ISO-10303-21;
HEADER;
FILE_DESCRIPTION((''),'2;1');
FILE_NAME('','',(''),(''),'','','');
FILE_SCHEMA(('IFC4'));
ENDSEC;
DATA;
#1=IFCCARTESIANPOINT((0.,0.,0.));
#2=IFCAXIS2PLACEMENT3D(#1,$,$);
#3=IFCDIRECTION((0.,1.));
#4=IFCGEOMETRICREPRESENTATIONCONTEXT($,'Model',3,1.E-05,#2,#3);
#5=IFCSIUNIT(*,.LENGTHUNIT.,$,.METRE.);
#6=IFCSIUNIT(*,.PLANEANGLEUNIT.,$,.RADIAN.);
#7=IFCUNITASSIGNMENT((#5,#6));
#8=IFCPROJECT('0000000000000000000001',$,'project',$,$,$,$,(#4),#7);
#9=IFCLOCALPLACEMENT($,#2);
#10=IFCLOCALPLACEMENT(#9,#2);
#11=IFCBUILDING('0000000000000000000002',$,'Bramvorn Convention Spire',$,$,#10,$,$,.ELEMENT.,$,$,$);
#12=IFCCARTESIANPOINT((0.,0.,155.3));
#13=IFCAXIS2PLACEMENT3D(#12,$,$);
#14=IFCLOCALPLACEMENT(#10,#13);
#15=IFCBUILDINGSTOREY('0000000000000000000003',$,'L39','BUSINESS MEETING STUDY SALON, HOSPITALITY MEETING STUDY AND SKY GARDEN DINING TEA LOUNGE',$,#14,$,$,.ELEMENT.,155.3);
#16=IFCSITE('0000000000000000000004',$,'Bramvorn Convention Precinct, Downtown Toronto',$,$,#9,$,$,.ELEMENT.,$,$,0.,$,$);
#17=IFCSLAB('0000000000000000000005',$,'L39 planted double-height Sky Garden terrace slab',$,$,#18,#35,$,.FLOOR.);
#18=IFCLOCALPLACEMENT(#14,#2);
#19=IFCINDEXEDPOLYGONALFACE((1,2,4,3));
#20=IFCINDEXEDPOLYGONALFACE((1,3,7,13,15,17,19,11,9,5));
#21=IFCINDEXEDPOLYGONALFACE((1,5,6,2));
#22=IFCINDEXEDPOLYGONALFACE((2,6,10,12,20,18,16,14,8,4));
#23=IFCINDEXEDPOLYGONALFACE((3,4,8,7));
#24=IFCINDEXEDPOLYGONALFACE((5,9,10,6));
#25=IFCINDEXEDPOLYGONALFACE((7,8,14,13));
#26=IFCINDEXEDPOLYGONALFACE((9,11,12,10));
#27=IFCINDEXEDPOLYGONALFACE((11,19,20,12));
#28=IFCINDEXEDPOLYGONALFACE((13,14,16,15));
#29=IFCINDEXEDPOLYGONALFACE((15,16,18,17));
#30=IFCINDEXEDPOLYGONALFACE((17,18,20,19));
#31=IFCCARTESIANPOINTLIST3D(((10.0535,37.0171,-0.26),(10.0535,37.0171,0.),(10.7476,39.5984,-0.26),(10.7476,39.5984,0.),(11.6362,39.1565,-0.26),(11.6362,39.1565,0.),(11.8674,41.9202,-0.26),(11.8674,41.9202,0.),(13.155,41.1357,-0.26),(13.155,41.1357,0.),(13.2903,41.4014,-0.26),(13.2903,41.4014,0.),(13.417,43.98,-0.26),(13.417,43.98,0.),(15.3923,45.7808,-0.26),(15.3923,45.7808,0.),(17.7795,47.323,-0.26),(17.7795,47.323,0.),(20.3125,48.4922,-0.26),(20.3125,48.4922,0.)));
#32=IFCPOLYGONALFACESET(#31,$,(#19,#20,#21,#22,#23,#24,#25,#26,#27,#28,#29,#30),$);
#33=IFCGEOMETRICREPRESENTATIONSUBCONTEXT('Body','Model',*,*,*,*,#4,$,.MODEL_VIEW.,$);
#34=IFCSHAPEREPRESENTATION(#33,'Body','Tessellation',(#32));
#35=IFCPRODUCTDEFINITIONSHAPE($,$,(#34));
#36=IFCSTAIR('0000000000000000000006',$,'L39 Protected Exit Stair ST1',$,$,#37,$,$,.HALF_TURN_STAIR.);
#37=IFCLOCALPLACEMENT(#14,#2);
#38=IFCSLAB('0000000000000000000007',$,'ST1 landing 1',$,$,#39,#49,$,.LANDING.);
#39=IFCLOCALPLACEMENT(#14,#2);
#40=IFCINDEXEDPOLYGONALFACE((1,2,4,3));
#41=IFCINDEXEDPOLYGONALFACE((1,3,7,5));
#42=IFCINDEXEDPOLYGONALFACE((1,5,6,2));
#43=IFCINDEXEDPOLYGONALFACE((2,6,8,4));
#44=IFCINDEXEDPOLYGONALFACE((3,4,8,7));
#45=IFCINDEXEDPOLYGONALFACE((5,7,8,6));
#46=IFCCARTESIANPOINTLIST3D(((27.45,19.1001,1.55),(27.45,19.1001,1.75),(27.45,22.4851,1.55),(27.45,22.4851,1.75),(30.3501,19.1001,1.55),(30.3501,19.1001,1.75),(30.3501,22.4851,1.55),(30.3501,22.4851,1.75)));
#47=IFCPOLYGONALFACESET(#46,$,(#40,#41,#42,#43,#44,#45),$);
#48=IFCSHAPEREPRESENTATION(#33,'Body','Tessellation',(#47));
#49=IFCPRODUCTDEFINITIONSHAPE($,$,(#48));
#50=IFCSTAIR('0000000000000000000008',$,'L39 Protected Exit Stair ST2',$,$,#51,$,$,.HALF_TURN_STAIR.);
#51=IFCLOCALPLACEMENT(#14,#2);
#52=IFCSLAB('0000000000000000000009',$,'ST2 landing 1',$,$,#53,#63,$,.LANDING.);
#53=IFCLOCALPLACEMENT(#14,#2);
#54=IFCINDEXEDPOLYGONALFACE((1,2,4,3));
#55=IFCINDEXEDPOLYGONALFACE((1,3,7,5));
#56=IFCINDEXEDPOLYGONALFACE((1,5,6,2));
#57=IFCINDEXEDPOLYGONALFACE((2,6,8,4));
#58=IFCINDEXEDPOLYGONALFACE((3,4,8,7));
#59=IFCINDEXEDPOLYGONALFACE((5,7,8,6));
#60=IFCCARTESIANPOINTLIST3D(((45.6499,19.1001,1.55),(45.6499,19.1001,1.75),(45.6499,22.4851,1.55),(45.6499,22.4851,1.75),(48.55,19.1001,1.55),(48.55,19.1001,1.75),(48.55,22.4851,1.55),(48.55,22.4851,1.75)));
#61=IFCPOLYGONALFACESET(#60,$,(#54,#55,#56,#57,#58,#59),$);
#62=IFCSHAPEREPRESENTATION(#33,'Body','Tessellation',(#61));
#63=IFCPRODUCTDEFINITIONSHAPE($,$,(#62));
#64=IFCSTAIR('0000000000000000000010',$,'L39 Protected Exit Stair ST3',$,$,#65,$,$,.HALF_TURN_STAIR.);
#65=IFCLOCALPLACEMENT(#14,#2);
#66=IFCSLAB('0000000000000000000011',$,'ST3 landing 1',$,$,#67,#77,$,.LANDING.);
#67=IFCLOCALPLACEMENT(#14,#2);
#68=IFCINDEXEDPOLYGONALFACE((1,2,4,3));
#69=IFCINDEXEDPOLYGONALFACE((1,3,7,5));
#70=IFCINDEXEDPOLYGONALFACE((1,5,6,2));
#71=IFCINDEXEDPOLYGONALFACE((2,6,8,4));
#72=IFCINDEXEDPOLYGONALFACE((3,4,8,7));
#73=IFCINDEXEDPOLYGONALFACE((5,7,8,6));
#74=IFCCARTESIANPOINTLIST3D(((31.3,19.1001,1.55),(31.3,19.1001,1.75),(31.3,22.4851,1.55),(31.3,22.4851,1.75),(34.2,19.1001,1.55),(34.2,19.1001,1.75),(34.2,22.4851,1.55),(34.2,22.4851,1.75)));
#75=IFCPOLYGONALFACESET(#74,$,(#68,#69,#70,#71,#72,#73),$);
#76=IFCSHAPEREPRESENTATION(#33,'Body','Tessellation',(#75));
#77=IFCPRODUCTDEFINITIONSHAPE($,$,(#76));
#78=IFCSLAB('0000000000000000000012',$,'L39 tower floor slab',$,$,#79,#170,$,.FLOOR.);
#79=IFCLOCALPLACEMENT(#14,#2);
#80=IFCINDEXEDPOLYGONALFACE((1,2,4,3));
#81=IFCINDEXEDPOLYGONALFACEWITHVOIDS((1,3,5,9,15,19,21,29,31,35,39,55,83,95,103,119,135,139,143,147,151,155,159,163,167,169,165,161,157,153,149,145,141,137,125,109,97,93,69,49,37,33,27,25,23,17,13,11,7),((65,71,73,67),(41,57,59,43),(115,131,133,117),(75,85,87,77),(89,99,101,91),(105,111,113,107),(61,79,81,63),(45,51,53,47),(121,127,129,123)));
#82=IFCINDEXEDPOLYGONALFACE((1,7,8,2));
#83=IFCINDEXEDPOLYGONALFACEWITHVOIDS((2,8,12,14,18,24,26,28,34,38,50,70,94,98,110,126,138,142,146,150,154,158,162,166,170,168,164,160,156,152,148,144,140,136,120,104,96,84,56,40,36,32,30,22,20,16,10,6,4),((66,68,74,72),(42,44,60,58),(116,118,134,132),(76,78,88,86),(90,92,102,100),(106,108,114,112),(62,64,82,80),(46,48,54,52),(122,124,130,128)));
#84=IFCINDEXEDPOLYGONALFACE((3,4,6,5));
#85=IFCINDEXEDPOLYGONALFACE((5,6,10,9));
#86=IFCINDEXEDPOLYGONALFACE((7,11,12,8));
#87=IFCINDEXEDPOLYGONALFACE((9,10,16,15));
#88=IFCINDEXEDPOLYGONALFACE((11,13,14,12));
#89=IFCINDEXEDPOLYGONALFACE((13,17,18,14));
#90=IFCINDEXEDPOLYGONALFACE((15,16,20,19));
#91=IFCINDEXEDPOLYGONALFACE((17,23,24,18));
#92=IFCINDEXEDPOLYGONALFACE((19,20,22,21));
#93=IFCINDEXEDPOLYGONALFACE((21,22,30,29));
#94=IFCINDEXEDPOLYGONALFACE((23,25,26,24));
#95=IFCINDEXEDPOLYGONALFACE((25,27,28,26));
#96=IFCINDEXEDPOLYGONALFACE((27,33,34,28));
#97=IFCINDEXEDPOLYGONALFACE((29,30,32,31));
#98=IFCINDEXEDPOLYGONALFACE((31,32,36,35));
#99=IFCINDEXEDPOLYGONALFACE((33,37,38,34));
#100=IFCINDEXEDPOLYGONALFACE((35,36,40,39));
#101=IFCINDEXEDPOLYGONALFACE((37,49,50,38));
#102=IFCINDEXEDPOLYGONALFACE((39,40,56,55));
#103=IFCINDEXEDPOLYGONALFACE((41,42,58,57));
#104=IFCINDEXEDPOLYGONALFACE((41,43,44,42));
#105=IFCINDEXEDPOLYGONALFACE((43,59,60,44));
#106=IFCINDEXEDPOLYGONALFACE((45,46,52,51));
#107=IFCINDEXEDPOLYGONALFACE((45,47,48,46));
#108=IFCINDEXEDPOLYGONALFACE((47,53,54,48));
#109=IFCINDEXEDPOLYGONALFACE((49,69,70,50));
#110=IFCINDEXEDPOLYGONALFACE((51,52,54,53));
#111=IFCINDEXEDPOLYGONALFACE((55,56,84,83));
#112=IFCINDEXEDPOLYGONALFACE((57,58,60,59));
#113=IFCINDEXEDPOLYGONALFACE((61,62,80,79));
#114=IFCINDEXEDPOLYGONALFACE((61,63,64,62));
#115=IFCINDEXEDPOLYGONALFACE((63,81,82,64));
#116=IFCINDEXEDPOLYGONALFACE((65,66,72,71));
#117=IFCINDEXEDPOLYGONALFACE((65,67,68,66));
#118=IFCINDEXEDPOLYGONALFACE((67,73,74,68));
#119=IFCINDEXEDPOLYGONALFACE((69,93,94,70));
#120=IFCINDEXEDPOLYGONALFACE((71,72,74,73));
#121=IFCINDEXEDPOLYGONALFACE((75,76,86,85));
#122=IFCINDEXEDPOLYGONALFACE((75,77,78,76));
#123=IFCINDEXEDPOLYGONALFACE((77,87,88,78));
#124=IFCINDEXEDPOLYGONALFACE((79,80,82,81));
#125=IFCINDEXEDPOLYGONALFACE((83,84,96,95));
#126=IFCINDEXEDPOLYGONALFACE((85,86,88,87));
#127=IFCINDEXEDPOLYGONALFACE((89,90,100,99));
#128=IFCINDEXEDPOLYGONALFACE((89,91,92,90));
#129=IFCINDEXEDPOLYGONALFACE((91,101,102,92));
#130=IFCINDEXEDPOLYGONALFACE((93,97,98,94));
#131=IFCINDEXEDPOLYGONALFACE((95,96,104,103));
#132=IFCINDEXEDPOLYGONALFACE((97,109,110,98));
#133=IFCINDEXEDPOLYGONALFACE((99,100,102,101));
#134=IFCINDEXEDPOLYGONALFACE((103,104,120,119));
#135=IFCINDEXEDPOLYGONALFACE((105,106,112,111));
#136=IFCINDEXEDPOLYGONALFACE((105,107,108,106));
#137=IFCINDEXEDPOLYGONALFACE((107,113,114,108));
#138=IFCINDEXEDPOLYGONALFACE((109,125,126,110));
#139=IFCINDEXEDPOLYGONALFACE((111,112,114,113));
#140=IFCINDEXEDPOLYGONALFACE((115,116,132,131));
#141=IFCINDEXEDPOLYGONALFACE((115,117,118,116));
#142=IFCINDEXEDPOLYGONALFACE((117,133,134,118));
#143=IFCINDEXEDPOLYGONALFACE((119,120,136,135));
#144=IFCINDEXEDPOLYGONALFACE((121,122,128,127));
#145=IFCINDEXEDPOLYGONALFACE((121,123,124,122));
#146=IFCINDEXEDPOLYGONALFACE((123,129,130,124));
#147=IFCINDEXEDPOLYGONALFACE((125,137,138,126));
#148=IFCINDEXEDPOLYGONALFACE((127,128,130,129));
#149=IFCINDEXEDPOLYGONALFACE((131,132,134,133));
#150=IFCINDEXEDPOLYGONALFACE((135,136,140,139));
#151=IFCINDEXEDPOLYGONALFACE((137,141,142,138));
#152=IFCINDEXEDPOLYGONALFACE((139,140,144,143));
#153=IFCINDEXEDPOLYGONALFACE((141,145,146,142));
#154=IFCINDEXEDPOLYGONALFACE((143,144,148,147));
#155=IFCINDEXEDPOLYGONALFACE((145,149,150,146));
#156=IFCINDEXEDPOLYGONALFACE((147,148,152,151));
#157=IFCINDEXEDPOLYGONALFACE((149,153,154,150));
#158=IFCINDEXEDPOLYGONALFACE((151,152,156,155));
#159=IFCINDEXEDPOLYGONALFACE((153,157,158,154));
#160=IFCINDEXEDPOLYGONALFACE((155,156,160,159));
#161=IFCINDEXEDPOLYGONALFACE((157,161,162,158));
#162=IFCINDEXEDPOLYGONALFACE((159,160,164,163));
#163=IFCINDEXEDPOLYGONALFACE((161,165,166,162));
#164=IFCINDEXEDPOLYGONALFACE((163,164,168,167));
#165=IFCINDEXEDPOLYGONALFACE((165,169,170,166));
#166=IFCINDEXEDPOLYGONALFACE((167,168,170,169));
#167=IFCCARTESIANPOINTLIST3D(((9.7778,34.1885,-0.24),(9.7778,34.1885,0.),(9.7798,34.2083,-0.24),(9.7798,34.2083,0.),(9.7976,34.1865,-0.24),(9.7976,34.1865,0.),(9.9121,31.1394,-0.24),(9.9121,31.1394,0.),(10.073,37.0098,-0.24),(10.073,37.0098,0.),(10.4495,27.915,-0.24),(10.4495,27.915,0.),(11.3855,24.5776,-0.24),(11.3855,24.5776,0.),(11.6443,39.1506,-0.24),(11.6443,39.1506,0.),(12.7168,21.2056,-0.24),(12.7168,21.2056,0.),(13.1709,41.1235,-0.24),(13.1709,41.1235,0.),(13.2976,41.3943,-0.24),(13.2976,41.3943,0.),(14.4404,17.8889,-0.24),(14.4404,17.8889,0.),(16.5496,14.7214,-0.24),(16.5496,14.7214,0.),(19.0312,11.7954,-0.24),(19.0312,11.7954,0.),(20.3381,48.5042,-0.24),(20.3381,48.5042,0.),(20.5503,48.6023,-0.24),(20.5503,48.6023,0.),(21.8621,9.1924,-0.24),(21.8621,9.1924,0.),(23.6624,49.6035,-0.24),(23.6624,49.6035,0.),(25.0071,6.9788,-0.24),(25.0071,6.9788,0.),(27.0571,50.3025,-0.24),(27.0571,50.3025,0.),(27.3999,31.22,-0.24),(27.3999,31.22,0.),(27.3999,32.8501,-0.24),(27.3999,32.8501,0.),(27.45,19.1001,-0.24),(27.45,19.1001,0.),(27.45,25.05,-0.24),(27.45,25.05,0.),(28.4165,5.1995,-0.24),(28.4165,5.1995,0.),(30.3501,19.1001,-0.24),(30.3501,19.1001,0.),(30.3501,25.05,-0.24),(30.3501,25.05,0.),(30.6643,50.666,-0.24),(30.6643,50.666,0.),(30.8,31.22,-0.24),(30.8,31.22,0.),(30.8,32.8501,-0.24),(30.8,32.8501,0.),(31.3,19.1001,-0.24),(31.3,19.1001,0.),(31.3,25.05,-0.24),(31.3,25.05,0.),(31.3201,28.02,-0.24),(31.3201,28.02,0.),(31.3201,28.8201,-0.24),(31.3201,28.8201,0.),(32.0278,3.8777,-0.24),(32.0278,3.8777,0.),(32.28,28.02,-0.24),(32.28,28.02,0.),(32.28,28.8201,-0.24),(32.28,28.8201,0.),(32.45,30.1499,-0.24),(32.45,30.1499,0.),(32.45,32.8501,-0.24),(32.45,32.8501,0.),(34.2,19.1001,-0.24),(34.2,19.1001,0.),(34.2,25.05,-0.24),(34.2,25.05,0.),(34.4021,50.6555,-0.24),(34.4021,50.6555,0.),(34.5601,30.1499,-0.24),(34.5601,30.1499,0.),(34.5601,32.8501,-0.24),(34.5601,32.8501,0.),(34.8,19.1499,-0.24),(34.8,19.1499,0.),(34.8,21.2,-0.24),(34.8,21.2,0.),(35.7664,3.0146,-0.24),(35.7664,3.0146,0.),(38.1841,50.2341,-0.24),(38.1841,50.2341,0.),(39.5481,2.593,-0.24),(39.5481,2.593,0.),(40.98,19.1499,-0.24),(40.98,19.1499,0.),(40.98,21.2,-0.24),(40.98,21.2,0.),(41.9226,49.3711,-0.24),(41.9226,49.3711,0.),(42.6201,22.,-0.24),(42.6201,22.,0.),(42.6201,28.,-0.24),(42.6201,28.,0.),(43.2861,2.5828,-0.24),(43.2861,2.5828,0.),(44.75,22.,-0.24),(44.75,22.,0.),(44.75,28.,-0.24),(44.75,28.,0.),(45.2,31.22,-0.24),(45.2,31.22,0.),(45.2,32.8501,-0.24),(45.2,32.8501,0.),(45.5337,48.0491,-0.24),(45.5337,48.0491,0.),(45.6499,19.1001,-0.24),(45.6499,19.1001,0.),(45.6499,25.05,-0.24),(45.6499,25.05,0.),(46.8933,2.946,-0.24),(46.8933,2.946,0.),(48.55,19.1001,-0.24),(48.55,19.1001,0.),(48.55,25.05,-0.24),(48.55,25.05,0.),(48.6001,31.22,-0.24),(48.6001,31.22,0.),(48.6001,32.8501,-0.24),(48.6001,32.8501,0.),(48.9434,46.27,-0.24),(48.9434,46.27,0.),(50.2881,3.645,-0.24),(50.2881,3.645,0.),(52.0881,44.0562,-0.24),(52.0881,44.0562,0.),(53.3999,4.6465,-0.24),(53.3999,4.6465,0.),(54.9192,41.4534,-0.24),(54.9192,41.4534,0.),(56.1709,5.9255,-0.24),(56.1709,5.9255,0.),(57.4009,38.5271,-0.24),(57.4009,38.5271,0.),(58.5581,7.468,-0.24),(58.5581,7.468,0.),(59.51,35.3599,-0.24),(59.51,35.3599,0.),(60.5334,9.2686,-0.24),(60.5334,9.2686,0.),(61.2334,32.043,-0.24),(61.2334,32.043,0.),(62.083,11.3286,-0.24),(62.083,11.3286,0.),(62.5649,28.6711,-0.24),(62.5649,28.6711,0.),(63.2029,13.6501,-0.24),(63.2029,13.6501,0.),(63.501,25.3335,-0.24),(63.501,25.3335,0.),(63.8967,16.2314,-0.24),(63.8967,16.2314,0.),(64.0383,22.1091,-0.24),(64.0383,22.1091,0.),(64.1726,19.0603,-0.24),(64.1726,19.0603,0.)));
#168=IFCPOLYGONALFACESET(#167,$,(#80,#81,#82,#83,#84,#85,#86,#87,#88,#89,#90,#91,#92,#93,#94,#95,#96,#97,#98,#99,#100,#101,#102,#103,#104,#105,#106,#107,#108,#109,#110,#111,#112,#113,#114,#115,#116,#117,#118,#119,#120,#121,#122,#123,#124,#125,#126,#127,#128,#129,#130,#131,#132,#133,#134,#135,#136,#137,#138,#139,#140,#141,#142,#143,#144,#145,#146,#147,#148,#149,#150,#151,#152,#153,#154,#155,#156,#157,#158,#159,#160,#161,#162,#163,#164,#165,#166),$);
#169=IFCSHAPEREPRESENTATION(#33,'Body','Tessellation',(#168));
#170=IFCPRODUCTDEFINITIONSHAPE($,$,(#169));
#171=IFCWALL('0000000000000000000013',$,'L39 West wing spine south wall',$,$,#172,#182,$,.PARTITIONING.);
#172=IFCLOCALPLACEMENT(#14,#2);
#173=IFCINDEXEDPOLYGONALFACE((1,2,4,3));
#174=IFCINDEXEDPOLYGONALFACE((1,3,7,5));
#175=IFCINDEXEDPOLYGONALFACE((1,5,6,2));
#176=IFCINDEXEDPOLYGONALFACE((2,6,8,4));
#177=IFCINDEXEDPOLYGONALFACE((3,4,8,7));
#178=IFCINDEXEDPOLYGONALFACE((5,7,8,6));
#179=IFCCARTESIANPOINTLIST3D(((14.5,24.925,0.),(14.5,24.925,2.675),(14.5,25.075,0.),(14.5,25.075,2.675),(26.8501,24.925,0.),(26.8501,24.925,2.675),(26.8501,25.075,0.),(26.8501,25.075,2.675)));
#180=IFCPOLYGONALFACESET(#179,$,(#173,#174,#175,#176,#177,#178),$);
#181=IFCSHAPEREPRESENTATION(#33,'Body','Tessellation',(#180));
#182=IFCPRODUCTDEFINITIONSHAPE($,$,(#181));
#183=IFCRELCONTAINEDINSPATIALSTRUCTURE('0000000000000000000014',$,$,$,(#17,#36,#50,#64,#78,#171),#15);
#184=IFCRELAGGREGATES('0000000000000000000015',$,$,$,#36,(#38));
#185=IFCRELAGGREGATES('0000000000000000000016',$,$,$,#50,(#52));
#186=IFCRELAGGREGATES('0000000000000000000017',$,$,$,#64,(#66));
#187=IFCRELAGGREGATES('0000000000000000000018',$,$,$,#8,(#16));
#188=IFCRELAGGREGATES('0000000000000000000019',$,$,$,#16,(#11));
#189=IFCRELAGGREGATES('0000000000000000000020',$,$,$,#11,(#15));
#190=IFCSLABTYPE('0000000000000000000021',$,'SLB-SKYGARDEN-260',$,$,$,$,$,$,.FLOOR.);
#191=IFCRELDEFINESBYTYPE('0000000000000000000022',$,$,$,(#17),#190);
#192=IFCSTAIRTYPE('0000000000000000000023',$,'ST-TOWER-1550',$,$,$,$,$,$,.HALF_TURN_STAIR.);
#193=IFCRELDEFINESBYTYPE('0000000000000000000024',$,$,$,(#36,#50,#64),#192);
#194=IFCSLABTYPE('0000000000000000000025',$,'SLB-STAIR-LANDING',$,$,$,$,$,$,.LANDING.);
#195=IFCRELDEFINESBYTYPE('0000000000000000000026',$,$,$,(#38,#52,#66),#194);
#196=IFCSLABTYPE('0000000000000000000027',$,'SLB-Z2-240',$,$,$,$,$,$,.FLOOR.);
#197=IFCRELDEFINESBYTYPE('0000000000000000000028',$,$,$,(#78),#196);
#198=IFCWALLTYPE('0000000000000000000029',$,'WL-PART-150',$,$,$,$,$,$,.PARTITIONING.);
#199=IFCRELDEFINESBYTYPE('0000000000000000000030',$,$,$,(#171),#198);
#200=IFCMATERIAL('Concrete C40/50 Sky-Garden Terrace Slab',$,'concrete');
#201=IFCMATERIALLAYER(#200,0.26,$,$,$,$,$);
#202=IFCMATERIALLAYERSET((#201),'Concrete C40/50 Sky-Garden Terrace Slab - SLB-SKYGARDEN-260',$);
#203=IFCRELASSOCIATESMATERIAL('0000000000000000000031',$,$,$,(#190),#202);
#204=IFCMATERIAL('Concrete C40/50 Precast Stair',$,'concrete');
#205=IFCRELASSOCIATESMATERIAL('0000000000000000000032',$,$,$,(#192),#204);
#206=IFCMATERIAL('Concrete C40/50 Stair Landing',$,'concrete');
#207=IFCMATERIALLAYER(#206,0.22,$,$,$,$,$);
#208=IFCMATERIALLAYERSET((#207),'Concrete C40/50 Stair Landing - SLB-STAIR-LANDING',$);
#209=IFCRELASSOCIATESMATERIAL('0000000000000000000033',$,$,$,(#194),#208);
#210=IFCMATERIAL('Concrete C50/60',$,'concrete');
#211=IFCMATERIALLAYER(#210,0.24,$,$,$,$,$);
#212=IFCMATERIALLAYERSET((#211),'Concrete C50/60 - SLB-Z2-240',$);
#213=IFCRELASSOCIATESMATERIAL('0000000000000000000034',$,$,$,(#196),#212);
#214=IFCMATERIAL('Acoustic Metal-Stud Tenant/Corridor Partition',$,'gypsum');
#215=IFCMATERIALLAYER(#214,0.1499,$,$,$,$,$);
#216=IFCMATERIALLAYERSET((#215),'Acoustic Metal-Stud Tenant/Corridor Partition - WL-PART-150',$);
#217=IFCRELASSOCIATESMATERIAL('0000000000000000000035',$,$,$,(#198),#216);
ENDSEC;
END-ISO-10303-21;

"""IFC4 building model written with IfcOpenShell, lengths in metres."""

from ifc_helpers import new_model, si_unit, direction, frame, frame_2d, origin, place, context, subcontext, project, spatial, polyline, rectangle, outline, extrude, material, layer, layer_set, type_object, element, aggregate, save


model = new_model("IFC4")

# Units and contexts
model_context = context("Model", 3, precision=1e-05, world=origin(), true_north=direction((0.0, 1.0)))
body_context = subcontext(model_context, "Body", "Model", "MODEL_VIEW")
ifc_project = project(units=[si_unit("LENGTHUNIT", "METRE"), si_unit("PLANEANGLEUNIT", "RADIAN")], contexts=[model_context])

# Site, building, storey
site_placement = place(None, origin())
site = spatial("IfcSite", under=ifc_project, at=site_placement, Name="Bramvorn Convention Precinct, Downtown Toronto", CompositionType="ELEMENT", RefElevation=0.0)
building_placement = place(site_placement, origin())
building = spatial("IfcBuilding", under=site, at=building_placement, Name="Bramvorn Convention Spire", CompositionType="ELEMENT")
storey_placement = place(building_placement, frame((0.0, 0.0, 155.3)))
storey = spatial("IfcBuildingStorey", under=building, at=storey_placement, Name="L39", Description="BUSINESS MEETING STUDY SALON, HOSPITALITY MEETING STUDY AND SKY GARDEN DINING TEA LOUNGE", CompositionType="ELEMENT", Elevation=155.3)

# Slab
ifc_material_1 = material(Name="Concrete C40/50 Sky-Garden Terrace Slab", Category="concrete")
ifc_layer_1 = layer(ifc_material_1, 0.26)
ifc_layer_set_1 = layer_set([ifc_layer_1], Name="Concrete C40/50 Sky-Garden Terrace Slab - SLB-SKYGARDEN-260")
slab_type_1 = type_object("IfcSlabType", Name="SLB-SKYGARDEN-260", PredefinedType="FLOOR", material=ifc_layer_set_1)
slab_1_placement = place(storey_placement, frame((0.0, 0.0, -0.26)))
element("IfcSlab", 1, at=slab_1_placement, inside=storey, type_object=slab_type_1, Name="L39 planted double-height Sky Garden terrace slab", PredefinedType="FLOOR", context=body_context, shape_type="SweptSolid", body=[
    extrude(outline(polyline([(10.7476, 39.5984), (10.0535, 37.0171), (11.6362, 39.1565), (13.155, 41.1357), (13.2903, 41.4014), (20.3125, 48.4922), (17.7795, 47.323), (15.3923, 45.7808), (13.417, 43.98), (11.8674, 41.9202), (10.7476, 39.5984)])), origin(), (0.0, 0.0, 1.0), 0.26),
])

# Stairs, slabs
ifc_material_2 = material(Name="Concrete C40/50 Precast Stair", Category="concrete")
stair_type = type_object("IfcStairType", Name="ST-TOWER-1550", PredefinedType="HALF_TURN_STAIR", material=ifc_material_2)
stair_1_placement = place(storey_placement, origin())
stair_1 = element("IfcStair", 2, at=stair_1_placement, inside=storey, type_object=stair_type, Name="L39 Protected Exit Stair ST1", PredefinedType="HALF_TURN_STAIR")
ifc_material_3 = material(Name="Concrete C40/50 Stair Landing", Category="concrete")
ifc_layer_2 = layer(ifc_material_3, 0.22)
ifc_layer_set_2 = layer_set([ifc_layer_2], Name="Concrete C40/50 Stair Landing - SLB-STAIR-LANDING")
slab_type_2 = type_object("IfcSlabType", Name="SLB-STAIR-LANDING", PredefinedType="LANDING", material=ifc_layer_set_2)
slab_2_placement = place(storey_placement, frame((0.0, 0.0, 1.55)))
slab_2 = element("IfcSlab", 3, at=slab_2_placement, type_object=slab_type_2, Name="ST1 landing 1", PredefinedType="LANDING", context=body_context, shape_type="SweptSolid", body=[
    extrude(outline(polyline([(27.45, 22.4851), (27.45, 19.1001), (30.3501, 19.1001), (30.3501, 22.4851), (27.45, 22.4851)])), origin(), (0.0, 0.0, 1.0), 0.2),
])
aggregate(stair_1, [slab_2])
stair_2_placement = place(storey_placement, origin())
stair_2 = element("IfcStair", 4, at=stair_2_placement, inside=storey, type_object=stair_type, Name="L39 Protected Exit Stair ST2", PredefinedType="HALF_TURN_STAIR")
slab_3_placement = place(storey_placement, frame((0.0, 0.0, 1.55)))
slab_3 = element("IfcSlab", 5, at=slab_3_placement, type_object=slab_type_2, Name="ST2 landing 1", PredefinedType="LANDING", context=body_context, shape_type="SweptSolid", body=[
    extrude(outline(polyline([(45.6499, 22.4851), (45.6499, 19.1001), (48.55, 19.1001), (48.55, 22.4851), (45.6499, 22.4851)])), origin(), (0.0, 0.0, 1.0), 0.2),
])
aggregate(stair_2, [slab_3])
stair_3_placement = place(storey_placement, origin())
stair_3 = element("IfcStair", 6, at=stair_3_placement, inside=storey, type_object=stair_type, Name="L39 Protected Exit Stair ST3", PredefinedType="HALF_TURN_STAIR")
slab_4_placement = place(storey_placement, frame((0.0, 0.0, 1.55)))
slab_4 = element("IfcSlab", 7, at=slab_4_placement, type_object=slab_type_2, Name="ST3 landing 1", PredefinedType="LANDING", context=body_context, shape_type="SweptSolid", body=[
    extrude(outline(polyline([(31.3, 22.4851), (31.3, 19.1001), (34.2, 19.1001), (34.2, 22.4851), (31.3, 22.4851)])), origin(), (0.0, 0.0, 1.0), 0.2),
])
aggregate(stair_3, [slab_4])

# Slab
ifc_material_4 = material(Name="Concrete C50/60", Category="concrete")
ifc_layer_3 = layer(ifc_material_4, 0.24)
ifc_layer_set_3 = layer_set([ifc_layer_3], Name="Concrete C50/60 - SLB-Z2-240")
slab_type_3 = type_object("IfcSlabType", Name="SLB-Z2-240", PredefinedType="FLOOR", material=ifc_layer_set_3)
slab_5_placement = place(storey_placement, frame((0.0, 0.0, -0.24)))
element("IfcSlab", 8, at=slab_5_placement, inside=storey, type_object=slab_type_3, Name="L39 tower floor slab", PredefinedType="FLOOR", context=body_context, shape_type="SweptSolid", body=[
    extrude(outline(polyline([(60.5334, 9.2686), (58.5581, 7.468), (56.1709, 5.9255), (53.3999, 4.6465), (50.2881, 3.645), (46.8933, 2.946), (43.2861, 2.5828), (39.5481, 2.593), (35.7664, 3.0146), (32.0278, 3.8777), (28.4165, 5.1995), (25.0071, 6.9788), (21.8621, 9.1924), (19.0312, 11.7954), (16.5496, 14.7214), (14.4404, 17.8889), (12.7168, 21.2056), (11.3855, 24.5776), (10.4495, 27.915), (9.9121, 31.1394), (9.7778, 34.1885), (9.7798, 34.2083), (9.7976, 34.1865), (10.073, 37.0098), (11.6443, 39.1506), (13.1709, 41.1235), (13.2976, 41.3943), (20.3381, 48.5042), (20.5503, 48.6023), (23.6624, 49.6035), (27.0571, 50.3025), (30.6643, 50.666), (34.4021, 50.6555), (38.1841, 50.2341), (41.9226, 49.3711), (45.5337, 48.0491), (48.9434, 46.27), (52.0881, 44.0562), (54.9192, 41.4534), (57.4009, 38.5271), (59.51, 35.3599), (61.2334, 32.043), (62.5649, 28.6711), (63.501, 25.3335), (64.0383, 22.1091), (64.1726, 19.0603), (63.8967, 16.2314), (63.2029, 13.6501), (62.083, 11.3286), (60.5334, 9.2686)]), holes=[polyline([(27.45, 25.05), (27.45, 19.1001), (30.3501, 19.1001), (30.3501, 25.05), (27.45, 25.05)]), polyline([(45.6499, 25.05), (45.6499, 19.1001), (48.55, 19.1001), (48.55, 25.05), (45.6499, 25.05)]), polyline([(31.3, 25.05), (31.3, 19.1001), (34.2, 19.1001), (34.2, 25.05), (31.3, 25.05)]), polyline([(27.3999, 31.22), (30.8, 31.22), (30.8, 32.8501), (27.3999, 32.8501), (27.3999, 31.22)]), polyline([(45.2, 31.22), (48.6001, 31.22), (48.6001, 32.8501), (45.2, 32.8501), (45.2, 31.22)]), polyline([(32.45, 30.1499), (34.5601, 30.1499), (34.5601, 32.8501), (32.45, 32.8501), (32.45, 30.1499)]), polyline([(34.8, 19.1499), (40.98, 19.1499), (40.98, 21.2), (34.8, 21.2), (34.8, 19.1499)]), polyline([(42.6201, 22.0), (44.75, 22.0), (44.75, 28.0), (42.6201, 28.0), (42.6201, 22.0)]), polyline([(31.3201, 28.02), (32.28, 28.02), (32.28, 28.8201), (31.3201, 28.8201), (31.3201, 28.02)])]), origin(), (0.0, 0.0, 1.0), 0.24),
])

# Wall
ifc_material_5 = material(Name="Acoustic Metal-Stud Tenant/Corridor Partition", Category="gypsum")
ifc_layer_4 = layer(ifc_material_5, 0.1499)
ifc_layer_set_4 = layer_set([ifc_layer_4], Name="Acoustic Metal-Stud Tenant/Corridor Partition - WL-PART-150")
wall_type = type_object("IfcWallType", Name="WL-PART-150", PredefinedType="PARTITIONING", material=ifc_layer_set_4)
wall_1_placement = place(storey_placement, frame((14.5, 25.0, 0.0), z_axis=(0.0, 0.0, 1.0), x_axis=(1.0, 0.0, 0.0)))
element("IfcWall", 9, at=wall_1_placement, inside=storey, type_object=wall_type, Name="L39 West wing spine south wall", PredefinedType="PARTITIONING", context=body_context, shape_type="SweptSolid", body=[
    extrude(rectangle(XDim=12.3501, YDim=0.1499, at=frame_2d((6.175, 0.0))), origin(), (0.0, 0.0, 1.0), 2.675),
])

save(model, "model.ifc")
